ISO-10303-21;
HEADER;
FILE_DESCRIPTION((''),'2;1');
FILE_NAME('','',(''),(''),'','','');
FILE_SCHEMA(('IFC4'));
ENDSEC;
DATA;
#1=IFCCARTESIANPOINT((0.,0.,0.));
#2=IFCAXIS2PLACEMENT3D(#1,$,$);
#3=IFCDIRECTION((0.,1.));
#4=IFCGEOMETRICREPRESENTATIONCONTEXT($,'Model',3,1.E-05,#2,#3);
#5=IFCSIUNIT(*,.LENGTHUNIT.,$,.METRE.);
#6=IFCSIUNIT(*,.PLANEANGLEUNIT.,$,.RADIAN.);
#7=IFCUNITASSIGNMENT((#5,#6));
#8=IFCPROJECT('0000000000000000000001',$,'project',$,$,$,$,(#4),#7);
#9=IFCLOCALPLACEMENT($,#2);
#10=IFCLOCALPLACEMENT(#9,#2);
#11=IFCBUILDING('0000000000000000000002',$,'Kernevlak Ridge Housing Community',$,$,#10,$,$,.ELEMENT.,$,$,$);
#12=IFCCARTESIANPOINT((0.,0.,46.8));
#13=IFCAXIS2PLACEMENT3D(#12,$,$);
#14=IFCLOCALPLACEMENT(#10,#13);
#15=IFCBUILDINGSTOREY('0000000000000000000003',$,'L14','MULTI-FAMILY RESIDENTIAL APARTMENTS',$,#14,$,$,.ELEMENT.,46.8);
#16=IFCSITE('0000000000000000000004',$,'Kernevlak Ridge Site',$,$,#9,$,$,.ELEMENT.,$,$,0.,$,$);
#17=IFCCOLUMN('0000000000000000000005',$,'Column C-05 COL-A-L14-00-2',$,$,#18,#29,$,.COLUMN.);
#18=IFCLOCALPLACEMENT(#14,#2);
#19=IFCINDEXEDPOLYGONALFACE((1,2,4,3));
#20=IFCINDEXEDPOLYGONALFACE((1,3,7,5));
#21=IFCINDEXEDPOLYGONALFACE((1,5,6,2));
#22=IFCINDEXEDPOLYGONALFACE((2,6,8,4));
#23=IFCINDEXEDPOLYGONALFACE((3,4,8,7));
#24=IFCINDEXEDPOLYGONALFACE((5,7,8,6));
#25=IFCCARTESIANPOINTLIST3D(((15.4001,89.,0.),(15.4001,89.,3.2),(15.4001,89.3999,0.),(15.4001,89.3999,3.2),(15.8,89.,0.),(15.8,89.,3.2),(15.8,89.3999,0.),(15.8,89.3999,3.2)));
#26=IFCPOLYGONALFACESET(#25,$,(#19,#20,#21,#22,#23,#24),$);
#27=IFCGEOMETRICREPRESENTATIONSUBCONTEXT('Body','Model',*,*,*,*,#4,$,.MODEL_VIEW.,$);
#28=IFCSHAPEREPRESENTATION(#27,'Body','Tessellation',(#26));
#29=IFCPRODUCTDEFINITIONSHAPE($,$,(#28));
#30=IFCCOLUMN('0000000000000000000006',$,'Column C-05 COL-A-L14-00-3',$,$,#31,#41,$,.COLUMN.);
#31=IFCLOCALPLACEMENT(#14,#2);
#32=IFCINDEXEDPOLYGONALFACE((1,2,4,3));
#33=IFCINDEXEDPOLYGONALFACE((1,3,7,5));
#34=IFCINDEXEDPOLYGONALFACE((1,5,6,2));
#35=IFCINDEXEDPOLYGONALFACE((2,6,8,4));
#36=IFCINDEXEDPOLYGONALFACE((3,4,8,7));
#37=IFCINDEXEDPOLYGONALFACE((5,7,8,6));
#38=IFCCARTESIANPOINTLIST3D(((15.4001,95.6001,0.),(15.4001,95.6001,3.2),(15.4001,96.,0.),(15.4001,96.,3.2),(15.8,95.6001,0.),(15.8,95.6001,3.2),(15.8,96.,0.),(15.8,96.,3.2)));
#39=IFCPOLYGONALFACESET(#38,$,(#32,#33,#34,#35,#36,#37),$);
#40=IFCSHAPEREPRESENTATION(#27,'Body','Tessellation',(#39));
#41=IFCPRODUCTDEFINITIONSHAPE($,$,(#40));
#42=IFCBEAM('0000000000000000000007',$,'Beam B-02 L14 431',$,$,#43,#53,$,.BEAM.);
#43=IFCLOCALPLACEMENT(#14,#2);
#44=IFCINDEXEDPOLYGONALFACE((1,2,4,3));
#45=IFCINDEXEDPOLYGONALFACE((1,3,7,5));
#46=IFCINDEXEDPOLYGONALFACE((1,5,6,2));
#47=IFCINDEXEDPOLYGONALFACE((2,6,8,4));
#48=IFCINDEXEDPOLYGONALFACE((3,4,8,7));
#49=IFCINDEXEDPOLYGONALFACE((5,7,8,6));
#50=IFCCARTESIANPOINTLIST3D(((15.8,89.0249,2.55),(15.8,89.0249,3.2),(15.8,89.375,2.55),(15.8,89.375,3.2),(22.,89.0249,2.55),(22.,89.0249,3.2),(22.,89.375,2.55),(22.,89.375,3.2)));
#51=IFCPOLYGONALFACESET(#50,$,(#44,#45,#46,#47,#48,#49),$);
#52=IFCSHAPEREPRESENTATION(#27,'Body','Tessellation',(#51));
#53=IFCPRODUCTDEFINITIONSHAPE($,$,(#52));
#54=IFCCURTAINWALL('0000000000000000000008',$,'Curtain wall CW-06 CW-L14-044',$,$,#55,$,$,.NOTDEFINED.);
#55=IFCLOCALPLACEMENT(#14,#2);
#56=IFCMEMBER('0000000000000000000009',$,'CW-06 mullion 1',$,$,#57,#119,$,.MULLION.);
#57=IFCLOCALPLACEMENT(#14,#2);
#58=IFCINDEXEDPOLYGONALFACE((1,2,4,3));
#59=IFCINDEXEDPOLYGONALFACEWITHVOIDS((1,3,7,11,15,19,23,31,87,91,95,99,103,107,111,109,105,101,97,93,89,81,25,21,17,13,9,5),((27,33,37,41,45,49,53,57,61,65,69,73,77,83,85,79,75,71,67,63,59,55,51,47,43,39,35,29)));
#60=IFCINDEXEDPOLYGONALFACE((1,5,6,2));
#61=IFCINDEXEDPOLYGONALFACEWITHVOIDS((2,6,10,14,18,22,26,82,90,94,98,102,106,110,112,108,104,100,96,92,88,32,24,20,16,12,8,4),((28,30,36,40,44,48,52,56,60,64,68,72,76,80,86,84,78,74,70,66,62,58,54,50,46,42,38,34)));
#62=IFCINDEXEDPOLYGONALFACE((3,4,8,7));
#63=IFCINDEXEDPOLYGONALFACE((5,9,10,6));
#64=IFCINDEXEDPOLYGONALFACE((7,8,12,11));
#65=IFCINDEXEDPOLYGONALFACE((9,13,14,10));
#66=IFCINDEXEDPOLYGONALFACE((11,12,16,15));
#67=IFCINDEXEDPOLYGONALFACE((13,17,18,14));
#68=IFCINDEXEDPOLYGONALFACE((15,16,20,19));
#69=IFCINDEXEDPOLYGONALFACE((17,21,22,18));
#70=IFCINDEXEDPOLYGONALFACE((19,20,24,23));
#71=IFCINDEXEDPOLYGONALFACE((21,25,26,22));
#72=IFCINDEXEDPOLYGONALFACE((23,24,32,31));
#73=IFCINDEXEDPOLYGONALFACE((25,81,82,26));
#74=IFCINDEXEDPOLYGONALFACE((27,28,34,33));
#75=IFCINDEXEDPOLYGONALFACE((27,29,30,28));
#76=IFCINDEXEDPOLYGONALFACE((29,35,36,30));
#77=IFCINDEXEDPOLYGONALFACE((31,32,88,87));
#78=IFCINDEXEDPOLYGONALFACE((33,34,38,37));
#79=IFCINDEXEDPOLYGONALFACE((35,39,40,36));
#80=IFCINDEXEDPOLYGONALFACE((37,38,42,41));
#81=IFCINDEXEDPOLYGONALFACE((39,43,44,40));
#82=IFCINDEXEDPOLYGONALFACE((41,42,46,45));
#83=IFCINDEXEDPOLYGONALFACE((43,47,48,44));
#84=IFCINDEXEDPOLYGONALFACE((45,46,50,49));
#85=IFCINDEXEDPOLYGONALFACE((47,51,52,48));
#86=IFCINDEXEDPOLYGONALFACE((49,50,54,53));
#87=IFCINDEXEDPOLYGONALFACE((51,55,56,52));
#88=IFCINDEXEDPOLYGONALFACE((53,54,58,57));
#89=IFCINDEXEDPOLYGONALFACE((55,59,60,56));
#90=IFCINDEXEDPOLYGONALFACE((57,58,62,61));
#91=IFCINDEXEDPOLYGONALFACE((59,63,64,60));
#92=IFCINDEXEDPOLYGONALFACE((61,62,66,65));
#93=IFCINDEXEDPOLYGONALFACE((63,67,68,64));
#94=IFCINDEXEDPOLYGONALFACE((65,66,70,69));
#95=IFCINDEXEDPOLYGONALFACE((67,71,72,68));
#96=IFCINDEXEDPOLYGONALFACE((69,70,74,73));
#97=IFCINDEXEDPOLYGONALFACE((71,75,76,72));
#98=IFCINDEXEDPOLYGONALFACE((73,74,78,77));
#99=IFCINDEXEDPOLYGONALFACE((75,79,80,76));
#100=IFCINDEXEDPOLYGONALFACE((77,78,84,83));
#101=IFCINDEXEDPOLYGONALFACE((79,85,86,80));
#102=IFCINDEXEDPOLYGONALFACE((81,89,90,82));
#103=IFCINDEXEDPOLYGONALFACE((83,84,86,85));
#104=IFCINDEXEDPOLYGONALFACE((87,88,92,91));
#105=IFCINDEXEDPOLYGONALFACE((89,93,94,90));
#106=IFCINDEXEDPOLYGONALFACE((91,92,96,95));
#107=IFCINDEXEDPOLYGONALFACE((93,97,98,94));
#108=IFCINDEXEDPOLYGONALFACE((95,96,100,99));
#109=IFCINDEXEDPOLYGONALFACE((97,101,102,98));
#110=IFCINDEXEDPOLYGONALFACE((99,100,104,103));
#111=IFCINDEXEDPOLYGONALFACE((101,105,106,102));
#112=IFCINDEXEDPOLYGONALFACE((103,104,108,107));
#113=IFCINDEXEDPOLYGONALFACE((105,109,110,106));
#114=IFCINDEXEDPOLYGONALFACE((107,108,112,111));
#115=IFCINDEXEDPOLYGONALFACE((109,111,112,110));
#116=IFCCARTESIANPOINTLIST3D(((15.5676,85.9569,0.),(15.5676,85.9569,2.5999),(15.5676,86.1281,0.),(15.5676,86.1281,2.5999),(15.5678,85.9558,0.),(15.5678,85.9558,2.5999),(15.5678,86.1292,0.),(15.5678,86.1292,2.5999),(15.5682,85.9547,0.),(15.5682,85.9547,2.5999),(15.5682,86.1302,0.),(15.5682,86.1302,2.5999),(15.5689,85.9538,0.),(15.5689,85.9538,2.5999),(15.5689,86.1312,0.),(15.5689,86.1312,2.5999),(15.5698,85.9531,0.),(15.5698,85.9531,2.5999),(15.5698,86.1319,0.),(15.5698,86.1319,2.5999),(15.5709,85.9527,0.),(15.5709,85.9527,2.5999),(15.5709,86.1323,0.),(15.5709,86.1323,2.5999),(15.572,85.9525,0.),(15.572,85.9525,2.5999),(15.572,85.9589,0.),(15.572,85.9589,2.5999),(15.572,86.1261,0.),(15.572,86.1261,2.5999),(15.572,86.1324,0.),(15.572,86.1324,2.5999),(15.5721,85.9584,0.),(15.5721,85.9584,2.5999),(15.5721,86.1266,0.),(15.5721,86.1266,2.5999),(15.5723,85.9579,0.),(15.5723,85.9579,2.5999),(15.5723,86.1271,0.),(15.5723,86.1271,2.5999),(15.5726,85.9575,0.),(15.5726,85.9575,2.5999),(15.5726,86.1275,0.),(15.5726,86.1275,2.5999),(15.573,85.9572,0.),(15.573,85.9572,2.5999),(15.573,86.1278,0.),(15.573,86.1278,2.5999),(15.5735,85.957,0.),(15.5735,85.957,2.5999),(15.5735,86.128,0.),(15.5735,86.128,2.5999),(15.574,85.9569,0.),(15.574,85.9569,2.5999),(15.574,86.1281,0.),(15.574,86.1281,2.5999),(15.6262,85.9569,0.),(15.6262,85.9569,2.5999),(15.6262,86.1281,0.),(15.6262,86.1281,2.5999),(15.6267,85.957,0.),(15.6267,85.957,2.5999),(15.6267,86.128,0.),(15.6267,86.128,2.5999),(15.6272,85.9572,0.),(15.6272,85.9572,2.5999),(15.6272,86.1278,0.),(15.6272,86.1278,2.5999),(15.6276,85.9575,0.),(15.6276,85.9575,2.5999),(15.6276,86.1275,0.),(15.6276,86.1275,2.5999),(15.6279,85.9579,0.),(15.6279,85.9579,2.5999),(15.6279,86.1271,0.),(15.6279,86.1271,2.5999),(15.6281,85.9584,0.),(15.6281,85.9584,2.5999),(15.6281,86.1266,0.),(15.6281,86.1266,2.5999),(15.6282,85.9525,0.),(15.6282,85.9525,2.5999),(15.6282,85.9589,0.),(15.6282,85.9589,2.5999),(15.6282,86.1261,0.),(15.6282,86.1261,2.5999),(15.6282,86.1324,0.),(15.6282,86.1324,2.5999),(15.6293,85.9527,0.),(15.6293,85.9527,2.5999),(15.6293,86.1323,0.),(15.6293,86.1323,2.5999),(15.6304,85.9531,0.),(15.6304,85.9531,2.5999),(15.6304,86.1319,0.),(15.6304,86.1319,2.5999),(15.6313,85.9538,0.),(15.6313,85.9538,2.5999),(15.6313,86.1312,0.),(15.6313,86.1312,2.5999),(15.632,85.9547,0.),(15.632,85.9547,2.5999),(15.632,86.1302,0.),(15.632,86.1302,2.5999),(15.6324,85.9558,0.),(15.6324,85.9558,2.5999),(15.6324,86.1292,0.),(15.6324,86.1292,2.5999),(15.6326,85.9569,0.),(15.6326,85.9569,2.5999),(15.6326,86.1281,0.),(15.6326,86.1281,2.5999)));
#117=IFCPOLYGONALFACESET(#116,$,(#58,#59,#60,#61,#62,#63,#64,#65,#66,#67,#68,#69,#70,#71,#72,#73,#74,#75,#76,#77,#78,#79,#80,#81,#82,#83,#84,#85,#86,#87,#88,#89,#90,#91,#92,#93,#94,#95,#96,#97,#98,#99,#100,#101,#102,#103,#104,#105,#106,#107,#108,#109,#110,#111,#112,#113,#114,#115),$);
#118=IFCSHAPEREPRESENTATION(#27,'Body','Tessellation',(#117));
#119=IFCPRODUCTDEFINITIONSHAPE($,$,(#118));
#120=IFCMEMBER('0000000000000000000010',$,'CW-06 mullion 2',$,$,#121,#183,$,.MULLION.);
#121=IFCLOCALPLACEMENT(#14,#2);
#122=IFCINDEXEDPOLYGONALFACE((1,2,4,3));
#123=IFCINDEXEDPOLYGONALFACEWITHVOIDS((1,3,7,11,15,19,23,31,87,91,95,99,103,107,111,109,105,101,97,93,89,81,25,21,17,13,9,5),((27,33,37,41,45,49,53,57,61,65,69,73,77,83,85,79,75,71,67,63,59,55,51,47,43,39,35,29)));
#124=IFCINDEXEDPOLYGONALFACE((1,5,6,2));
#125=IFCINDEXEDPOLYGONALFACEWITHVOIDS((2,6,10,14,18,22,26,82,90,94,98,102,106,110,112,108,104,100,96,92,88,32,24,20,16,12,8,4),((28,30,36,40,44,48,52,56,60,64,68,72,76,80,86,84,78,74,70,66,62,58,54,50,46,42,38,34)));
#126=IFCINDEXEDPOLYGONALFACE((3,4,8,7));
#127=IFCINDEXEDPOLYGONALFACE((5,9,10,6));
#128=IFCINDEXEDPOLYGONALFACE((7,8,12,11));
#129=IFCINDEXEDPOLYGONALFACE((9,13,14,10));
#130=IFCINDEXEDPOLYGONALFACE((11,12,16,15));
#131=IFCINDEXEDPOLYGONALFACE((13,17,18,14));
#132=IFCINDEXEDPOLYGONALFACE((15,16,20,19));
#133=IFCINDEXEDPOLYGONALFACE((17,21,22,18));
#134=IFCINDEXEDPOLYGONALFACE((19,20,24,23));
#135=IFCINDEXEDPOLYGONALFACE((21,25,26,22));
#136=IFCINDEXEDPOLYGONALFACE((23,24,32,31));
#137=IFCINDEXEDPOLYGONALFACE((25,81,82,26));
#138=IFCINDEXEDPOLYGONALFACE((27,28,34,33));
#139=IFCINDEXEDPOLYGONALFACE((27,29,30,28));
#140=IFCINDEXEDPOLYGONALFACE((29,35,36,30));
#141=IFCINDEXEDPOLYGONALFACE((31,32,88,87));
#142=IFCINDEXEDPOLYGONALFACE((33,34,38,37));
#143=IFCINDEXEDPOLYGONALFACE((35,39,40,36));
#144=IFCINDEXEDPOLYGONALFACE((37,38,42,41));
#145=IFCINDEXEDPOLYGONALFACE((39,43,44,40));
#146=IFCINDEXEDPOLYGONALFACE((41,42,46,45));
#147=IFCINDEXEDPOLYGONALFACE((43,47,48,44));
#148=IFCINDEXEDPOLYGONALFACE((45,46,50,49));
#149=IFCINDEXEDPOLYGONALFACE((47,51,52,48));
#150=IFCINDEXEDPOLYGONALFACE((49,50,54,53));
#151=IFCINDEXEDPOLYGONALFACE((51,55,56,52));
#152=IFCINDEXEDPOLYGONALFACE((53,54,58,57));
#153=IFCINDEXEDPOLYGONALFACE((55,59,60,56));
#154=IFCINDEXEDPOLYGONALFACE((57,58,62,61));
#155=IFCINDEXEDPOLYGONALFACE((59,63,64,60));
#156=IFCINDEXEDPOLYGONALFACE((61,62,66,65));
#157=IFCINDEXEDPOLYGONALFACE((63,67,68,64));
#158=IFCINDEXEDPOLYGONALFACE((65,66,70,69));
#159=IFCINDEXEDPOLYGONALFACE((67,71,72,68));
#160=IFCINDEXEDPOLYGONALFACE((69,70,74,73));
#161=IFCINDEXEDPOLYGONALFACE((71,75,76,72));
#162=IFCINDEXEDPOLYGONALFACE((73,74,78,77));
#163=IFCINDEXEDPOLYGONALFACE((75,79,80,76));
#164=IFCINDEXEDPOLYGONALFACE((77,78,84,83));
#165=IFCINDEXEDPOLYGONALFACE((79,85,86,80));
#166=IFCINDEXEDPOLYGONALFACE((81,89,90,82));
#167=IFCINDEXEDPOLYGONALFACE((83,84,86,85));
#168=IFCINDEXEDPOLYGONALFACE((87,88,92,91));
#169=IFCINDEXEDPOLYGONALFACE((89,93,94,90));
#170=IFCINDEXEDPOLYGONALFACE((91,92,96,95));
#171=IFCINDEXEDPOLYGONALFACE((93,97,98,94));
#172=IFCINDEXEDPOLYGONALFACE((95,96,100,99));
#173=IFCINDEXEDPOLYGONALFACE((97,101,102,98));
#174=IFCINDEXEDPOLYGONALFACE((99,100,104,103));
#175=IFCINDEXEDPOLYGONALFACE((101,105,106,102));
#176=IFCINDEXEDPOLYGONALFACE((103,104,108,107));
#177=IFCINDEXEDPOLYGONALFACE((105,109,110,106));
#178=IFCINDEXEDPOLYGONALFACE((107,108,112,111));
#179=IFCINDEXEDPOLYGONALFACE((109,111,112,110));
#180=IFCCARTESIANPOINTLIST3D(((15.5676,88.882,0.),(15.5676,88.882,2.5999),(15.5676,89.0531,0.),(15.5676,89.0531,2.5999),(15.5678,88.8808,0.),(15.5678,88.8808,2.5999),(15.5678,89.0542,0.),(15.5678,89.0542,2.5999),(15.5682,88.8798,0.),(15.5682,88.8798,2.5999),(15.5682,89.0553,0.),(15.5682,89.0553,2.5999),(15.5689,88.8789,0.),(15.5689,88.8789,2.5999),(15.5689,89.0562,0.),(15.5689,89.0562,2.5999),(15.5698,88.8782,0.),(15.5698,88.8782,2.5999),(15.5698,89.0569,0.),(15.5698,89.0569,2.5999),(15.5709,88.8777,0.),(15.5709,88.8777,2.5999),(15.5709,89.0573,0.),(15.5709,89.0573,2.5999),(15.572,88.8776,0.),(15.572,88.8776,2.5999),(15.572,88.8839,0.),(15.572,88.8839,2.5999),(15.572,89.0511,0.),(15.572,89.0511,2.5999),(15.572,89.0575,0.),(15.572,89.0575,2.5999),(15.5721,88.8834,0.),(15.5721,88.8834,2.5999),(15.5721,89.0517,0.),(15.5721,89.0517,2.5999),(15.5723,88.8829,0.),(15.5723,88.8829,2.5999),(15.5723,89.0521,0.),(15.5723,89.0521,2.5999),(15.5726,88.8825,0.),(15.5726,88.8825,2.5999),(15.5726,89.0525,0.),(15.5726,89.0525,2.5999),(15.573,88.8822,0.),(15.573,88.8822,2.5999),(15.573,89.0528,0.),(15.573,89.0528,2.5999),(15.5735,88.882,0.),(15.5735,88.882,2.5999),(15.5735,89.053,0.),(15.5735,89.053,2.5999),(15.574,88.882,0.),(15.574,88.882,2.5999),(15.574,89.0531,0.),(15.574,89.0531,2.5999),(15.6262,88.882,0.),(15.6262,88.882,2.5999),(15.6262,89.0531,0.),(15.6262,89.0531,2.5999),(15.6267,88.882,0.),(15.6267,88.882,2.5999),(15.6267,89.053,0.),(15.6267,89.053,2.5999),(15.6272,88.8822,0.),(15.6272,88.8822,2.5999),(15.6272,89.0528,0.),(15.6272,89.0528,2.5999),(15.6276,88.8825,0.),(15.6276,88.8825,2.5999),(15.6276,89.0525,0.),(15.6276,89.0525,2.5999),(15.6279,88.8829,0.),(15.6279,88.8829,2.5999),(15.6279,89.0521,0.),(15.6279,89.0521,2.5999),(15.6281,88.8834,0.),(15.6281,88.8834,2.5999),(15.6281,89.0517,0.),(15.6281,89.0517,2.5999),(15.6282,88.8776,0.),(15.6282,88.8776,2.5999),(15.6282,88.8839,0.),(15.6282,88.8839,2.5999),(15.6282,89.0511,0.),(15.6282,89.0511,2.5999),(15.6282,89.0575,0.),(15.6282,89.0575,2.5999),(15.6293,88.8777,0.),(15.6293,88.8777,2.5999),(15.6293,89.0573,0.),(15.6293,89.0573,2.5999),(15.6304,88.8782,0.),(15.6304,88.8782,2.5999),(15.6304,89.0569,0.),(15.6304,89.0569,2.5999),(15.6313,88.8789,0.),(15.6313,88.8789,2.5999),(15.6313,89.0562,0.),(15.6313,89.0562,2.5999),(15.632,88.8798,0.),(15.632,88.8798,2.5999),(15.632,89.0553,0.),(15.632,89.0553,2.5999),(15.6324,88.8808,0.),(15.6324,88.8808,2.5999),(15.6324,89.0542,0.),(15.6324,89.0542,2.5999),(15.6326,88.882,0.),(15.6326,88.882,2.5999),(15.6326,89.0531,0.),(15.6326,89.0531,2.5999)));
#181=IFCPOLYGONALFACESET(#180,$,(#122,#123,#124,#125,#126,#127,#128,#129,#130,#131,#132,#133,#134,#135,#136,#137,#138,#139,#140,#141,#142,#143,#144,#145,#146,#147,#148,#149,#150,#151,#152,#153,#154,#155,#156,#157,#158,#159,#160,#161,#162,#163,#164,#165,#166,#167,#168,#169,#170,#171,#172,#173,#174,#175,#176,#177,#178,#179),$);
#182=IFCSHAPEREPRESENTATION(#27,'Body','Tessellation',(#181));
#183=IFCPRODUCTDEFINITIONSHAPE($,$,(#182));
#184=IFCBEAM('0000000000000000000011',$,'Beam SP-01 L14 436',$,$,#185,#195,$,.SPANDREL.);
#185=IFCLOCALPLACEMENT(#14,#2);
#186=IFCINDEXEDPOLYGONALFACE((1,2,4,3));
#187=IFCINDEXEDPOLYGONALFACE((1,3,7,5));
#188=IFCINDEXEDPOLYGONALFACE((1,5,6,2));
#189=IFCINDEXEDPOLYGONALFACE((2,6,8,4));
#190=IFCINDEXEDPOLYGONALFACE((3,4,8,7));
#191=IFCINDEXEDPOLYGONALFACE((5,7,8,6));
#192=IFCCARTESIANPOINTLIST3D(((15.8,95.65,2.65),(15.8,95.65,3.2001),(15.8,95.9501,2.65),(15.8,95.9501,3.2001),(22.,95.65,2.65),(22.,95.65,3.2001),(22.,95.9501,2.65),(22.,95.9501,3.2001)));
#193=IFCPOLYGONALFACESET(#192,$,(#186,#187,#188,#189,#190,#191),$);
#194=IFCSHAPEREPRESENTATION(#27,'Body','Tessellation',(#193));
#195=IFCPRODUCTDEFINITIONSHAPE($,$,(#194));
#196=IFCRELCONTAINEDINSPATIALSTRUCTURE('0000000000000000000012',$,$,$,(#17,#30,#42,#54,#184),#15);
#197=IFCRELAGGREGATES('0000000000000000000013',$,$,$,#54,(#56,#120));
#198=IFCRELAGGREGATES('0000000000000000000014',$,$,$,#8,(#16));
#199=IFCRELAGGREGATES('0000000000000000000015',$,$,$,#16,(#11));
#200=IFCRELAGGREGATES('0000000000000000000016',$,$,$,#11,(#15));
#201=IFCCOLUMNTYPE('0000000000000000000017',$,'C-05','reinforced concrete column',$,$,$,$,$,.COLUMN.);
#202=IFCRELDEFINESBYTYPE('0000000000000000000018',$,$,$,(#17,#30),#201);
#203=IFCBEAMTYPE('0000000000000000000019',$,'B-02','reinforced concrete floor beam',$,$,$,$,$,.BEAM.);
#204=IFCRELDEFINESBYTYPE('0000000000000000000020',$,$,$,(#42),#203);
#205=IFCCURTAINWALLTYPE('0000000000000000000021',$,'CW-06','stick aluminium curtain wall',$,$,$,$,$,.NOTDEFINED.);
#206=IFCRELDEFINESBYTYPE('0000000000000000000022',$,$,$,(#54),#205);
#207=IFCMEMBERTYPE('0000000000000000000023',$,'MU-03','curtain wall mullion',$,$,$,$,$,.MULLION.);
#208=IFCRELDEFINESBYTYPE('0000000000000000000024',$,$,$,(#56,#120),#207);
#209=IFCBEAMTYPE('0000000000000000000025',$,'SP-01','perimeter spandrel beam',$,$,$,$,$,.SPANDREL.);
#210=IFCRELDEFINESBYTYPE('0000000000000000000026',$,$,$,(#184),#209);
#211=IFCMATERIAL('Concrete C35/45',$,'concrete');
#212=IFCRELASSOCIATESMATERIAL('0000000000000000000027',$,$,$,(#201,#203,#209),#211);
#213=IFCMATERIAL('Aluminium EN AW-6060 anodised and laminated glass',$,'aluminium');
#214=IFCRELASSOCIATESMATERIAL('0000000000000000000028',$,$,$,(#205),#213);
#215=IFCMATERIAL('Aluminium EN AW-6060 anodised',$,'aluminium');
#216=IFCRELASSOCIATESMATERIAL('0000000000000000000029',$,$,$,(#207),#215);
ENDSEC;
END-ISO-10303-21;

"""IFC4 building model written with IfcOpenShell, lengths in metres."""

from ifc_helpers import new_model, si_unit, direction, frame, origin, origin_2d, place, context, subcontext, project, spatial, rectangle, hollow_rectangle, extrude, material, material_profile, profile_set, type_object, element, aggregate, save


model = new_model("IFC4")

# Units and contexts
model_context = context("Model", 3, precision=1e-05, world=origin(), true_north=direction((0.0, 1.0)))
body_context = subcontext(model_context, "Body", "Model", "MODEL_VIEW")
ifc_project = project(units=[si_unit("LENGTHUNIT", "METRE"), si_unit("PLANEANGLEUNIT", "RADIAN")], contexts=[model_context])

# Site, building, storey
site_placement = place(None, origin())
site = spatial("IfcSite", under=ifc_project, at=site_placement, Name="Kernevlak Ridge Site", CompositionType="ELEMENT", RefElevation=0.0)
building_placement = place(site_placement, origin())
building = spatial("IfcBuilding", under=site, at=building_placement, Name="Kernevlak Ridge Housing Community", CompositionType="ELEMENT")
storey_placement = place(building_placement, frame((0.0, 0.0, 46.8)))
storey = spatial("IfcBuildingStorey", under=building, at=storey_placement, Name="L14", Description="MULTI-FAMILY RESIDENTIAL APARTMENTS", CompositionType="ELEMENT", Elevation=46.8)

# Columns
ifc_material_1 = material(Name="Concrete C35/45", Category="concrete")
ifc_material_profile_1 = material_profile(ifc_material_1, rectangle(XDim=0.3999, YDim=0.3999, at=origin_2d()), Name="RC 400x400")
ifc_profile_set_1 = profile_set([ifc_material_profile_1], Name="Concrete C35/45")
column_type = type_object("IfcColumnType", Name="C-05", Description="reinforced concrete column", PredefinedType="COLUMN", material=ifc_profile_set_1)
for number, where, z_axis, x_axis, name in (
    (1, (15.6001, 89.2, 0.0), (0.0, 0.0, 1.0), (1.0, 0.0, 0.0), "Column C-05 COL-A-L14-00-2"),
    (2, (15.6001, 95.8, 0.0), (0.0, 0.0, 1.0), (1.0, 0.0, 0.0), "Column C-05 COL-A-L14-00-3"),
):
    element("IfcColumn", number, at=place(storey_placement, frame(where, z_axis=z_axis, x_axis=x_axis)), inside=storey, type_object=column_type, Name=name, PredefinedType="COLUMN", context=body_context, shape_type="SweptSolid", body=[
        extrude(rectangle(XDim=0.3999, YDim=0.3999, at=origin_2d()), origin(), (0.0, 0.0, 1.0), 3.2),
    ])

# Beam
ifc_material_profile_2 = material_profile(ifc_material_1, rectangle(XDim=0.3501, YDim=0.6499, at=origin_2d()), Name="RC 350x650")
ifc_profile_set_2 = profile_set([ifc_material_profile_2], Name="Concrete C35/45")
beam_type_1 = type_object("IfcBeamType", Name="B-02", Description="reinforced concrete floor beam", PredefinedType="BEAM", material=ifc_profile_set_2)
beam_1_placement = place(storey_placement, frame((15.8, 89.2, 2.875), z_axis=(1.0, 0.0, 0.0), x_axis=(0.0, 1.0, 0.0)))
element("IfcBeam", 3, at=beam_1_placement, inside=storey, type_object=beam_type_1, Name="Beam B-02 L14 431", PredefinedType="BEAM", context=body_context, shape_type="SweptSolid", body=[
    extrude(rectangle(XDim=0.3501, YDim=0.6499, at=origin_2d()), origin(), (0.0, 0.0, 1.0), 6.2),
])

# Curtain wall, members
ifc_material_2 = material(Name="Aluminium EN AW-6060 anodised and laminated glass", Category="aluminium")
curtain_wall_type = type_object("IfcCurtainWallType", Name="CW-06", Description="stick aluminium curtain wall", PredefinedType="NOTDEFINED", material=ifc_material_2)
curtain_wall_placement = place(storey_placement, origin())
curtain_wall = element("IfcCurtainWall", 4, at=curtain_wall_placement, inside=storey, type_object=curtain_wall_type, Name="Curtain wall CW-06 CW-L14-044", PredefinedType="NOTDEFINED")
ifc_material_3 = material(Name="Aluminium EN AW-6060 anodised", Category="aluminium")
ifc_material_profile_3 = material_profile(ifc_material_3, hollow_rectangle(XDim=0.0649, YDim=0.1799, WallThickness=0.0044, InnerFilletRadius=0.002, OuterFilletRadius=0.0044, at=origin_2d()), Name="ALU 65x180x4.5")
ifc_profile_set_3 = profile_set([ifc_material_profile_3], Name="Aluminium EN AW-6060 anodised")
member_type_1 = type_object("IfcMemberType", Name="MU-03", Description="curtain wall mullion", PredefinedType="MULLION", material=ifc_profile_set_3)
member_1_placement = place(storey_placement, frame((15.6001, 86.0425, 0.0), z_axis=(0.0, 0.0, 1.0), x_axis=(-1.0, 0.0, 0.0)))
member_1 = element("IfcMember", 5, at=member_1_placement, type_object=member_type_1, Name="CW-06 mullion 1", PredefinedType="MULLION", context=body_context, shape_type="SweptSolid", body=[
    extrude(hollow_rectangle(XDim=0.0649, YDim=0.1799, WallThickness=0.0044, InnerFilletRadius=0.002, OuterFilletRadius=0.0044, at=origin_2d()), origin(), (0.0, 0.0, 1.0), 2.5999),
])
member_2_placement = place(storey_placement, frame((15.6001, 88.9675, 0.0), z_axis=(0.0, 0.0, 1.0), x_axis=(-1.0, 0.0, 0.0)))
member_2 = element("IfcMember", 6, at=member_2_placement, type_object=member_type_1, Name="CW-06 mullion 2", PredefinedType="MULLION", context=body_context, shape_type="SweptSolid", body=[
    extrude(hollow_rectangle(XDim=0.0649, YDim=0.1799, WallThickness=0.0044, InnerFilletRadius=0.002, OuterFilletRadius=0.0044, at=origin_2d()), origin(), (0.0, 0.0, 1.0), 2.5999),
])

# Beam
ifc_material_profile_4 = material_profile(ifc_material_1, rectangle(XDim=0.3, YDim=0.55, at=origin_2d()), Name="RC 300x550")
ifc_profile_set_4 = profile_set([ifc_material_profile_4], Name="Concrete C35/45")
beam_type_2 = type_object("IfcBeamType", Name="SP-01", Description="perimeter spandrel beam", PredefinedType="SPANDREL", material=ifc_profile_set_4)
beam_2_placement = place(storey_placement, frame((15.8, 95.8, 2.925), z_axis=(1.0, 0.0, 0.0), x_axis=(0.0, 1.0, 0.0)))
element("IfcBeam", 7, at=beam_2_placement, inside=storey, type_object=beam_type_2, Name="Beam SP-01 L14 436", PredefinedType="SPANDREL", context=body_context, shape_type="SweptSolid", body=[
    extrude(rectangle(XDim=0.3, YDim=0.55, at=origin_2d()), origin(), (0.0, 0.0, 1.0), 6.2),
])

aggregate(curtain_wall, [member_1, member_2])

save(model, "model.ifc")
